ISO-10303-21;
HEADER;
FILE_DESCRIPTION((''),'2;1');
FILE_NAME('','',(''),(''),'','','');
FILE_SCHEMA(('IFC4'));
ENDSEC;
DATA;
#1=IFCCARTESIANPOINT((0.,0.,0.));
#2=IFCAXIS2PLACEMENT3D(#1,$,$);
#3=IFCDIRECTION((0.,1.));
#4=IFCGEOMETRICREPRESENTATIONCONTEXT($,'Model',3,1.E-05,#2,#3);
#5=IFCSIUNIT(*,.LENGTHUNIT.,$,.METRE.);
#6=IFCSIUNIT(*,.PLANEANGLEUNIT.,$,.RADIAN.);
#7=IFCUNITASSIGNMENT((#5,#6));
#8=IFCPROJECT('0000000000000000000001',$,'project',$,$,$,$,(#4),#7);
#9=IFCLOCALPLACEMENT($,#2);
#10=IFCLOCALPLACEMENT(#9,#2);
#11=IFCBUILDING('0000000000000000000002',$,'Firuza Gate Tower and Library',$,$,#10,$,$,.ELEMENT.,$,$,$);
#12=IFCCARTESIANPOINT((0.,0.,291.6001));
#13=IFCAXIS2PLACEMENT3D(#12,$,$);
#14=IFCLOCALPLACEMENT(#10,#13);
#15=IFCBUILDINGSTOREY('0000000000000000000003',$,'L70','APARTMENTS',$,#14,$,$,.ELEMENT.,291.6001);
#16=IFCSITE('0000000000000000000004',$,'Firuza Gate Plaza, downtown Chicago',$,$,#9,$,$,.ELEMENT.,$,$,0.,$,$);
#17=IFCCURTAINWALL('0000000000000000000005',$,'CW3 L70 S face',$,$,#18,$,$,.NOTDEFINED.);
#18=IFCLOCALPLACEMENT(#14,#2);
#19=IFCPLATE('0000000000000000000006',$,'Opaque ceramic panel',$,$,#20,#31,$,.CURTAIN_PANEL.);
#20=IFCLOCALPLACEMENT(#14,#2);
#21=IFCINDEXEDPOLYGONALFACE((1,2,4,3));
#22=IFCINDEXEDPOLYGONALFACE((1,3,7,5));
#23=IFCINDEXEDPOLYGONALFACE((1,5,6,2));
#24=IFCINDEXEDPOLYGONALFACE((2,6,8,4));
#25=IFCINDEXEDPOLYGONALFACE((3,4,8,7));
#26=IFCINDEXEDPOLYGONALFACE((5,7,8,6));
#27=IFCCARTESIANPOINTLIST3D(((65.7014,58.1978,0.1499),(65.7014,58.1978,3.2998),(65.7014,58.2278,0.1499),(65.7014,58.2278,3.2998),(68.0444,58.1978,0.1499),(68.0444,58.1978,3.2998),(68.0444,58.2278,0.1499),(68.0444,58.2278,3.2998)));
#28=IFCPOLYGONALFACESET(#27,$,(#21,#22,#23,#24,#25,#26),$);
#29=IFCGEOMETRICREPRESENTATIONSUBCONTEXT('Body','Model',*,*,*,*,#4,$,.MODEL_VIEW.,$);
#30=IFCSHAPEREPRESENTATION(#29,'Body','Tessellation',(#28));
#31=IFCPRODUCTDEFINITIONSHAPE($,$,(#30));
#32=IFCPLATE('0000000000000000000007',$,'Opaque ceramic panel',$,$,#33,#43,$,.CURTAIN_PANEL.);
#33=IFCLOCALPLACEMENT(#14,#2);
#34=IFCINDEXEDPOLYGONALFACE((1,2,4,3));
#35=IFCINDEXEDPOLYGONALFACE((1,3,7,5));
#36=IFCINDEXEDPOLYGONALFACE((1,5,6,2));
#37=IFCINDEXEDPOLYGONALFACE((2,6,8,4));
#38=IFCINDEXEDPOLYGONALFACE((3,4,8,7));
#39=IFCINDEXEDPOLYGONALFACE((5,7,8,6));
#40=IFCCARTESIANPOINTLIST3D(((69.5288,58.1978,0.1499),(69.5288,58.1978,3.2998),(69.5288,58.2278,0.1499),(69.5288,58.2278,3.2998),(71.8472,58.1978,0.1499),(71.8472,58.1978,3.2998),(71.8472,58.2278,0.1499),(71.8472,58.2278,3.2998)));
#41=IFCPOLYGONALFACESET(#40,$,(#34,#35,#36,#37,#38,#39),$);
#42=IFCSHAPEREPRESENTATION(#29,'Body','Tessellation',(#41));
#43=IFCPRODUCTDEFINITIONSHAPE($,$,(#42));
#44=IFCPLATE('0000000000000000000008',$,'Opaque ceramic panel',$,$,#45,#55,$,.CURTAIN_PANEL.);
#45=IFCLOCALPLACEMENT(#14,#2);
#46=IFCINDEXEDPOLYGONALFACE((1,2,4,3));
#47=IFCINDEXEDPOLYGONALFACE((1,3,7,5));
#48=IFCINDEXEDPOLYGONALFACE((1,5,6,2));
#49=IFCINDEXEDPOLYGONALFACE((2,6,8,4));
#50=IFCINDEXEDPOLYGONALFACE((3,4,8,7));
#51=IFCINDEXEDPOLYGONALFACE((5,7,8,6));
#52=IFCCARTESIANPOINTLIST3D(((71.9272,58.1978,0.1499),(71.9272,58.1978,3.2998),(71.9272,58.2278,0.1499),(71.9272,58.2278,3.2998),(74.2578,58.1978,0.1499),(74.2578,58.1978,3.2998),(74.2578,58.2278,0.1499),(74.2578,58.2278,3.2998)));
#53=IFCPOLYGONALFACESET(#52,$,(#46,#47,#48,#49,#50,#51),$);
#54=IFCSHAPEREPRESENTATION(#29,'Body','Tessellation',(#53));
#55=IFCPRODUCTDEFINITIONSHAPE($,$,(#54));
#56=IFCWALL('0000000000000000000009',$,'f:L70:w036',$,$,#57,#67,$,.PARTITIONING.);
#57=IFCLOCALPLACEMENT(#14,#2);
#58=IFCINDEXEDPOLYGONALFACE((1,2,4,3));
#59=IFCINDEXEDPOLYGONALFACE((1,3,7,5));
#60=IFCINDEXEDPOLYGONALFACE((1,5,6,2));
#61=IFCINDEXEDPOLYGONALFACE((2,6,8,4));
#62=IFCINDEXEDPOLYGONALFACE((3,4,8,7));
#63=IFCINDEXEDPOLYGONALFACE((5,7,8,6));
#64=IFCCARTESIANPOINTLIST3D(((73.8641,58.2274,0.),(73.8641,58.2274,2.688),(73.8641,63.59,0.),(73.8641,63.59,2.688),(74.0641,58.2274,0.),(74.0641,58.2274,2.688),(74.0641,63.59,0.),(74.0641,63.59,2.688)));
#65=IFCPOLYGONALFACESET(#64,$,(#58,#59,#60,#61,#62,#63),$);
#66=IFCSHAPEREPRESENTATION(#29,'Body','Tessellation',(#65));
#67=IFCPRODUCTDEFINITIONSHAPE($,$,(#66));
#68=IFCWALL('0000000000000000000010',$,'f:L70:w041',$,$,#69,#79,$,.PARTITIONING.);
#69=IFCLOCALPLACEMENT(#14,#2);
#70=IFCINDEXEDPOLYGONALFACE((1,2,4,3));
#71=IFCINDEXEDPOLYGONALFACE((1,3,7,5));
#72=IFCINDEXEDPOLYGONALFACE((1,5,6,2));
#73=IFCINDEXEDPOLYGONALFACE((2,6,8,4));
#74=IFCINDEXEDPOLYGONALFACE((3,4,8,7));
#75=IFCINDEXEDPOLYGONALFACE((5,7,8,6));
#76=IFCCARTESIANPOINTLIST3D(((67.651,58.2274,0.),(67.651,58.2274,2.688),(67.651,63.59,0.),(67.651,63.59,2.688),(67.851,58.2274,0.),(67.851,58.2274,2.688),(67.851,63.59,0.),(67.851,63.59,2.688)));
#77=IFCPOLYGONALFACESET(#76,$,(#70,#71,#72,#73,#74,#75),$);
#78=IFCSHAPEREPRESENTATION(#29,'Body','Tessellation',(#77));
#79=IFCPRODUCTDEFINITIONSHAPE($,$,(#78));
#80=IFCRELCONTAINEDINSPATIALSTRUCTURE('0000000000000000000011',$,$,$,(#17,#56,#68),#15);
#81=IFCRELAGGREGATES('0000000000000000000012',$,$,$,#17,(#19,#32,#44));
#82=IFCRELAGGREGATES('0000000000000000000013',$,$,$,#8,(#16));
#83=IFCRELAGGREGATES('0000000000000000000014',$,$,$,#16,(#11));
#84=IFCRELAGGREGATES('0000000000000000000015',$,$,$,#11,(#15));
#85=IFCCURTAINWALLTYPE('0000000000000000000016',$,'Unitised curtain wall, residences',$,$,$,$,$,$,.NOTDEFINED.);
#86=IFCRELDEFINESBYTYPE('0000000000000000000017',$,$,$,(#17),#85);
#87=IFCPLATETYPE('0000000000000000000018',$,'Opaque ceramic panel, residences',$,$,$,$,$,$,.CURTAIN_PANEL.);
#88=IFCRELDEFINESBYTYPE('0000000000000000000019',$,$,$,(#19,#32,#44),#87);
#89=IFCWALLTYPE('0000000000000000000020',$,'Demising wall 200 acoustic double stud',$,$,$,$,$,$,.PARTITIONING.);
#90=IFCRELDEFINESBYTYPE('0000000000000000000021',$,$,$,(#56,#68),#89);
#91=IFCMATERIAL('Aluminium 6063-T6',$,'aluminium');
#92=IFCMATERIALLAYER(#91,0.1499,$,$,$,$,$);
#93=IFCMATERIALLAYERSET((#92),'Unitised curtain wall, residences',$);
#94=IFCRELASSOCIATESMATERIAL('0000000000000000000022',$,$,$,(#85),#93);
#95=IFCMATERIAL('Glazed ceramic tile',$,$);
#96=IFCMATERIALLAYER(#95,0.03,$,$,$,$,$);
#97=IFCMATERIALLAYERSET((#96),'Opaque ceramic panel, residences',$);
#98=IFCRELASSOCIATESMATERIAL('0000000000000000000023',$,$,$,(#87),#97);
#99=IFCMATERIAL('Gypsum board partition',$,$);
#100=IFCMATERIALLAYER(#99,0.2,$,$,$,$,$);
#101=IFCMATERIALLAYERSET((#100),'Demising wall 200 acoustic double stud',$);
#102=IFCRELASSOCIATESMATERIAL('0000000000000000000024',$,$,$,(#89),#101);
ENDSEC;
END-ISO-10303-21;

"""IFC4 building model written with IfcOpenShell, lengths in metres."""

from ifc_helpers import new_model, si_unit, direction, frame, frame_2d, origin, place, context, subcontext, project, spatial, polyline, rectangle, outline, extrude, material, layer, layer_set, type_object, element, aggregate, save


model = new_model("IFC4")

# Units and contexts
model_context = context("Model", 3, precision=1e-05, world=origin(), true_north=direction((0.0, 1.0)))
body_context = subcontext(model_context, "Body", "Model", "MODEL_VIEW")
ifc_project = project(units=[si_unit("LENGTHUNIT", "METRE"), si_unit("PLANEANGLEUNIT", "RADIAN")], contexts=[model_context])

# Site, building, storey
site_placement = place(None, origin())
site = spatial("IfcSite", under=ifc_project, at=site_placement, Name="Firuza Gate Plaza, downtown Chicago", CompositionType="ELEMENT", RefElevation=0.0)
building_placement = place(site_placement, origin())
building = spatial("IfcBuilding", under=site, at=building_placement, Name="Firuza Gate Tower and Library", CompositionType="ELEMENT")
storey_placement = place(building_placement, frame((0.0, 0.0, 291.6001)))
storey = spatial("IfcBuildingStorey", under=building, at=storey_placement, Name="L70", Description="APARTMENTS", CompositionType="ELEMENT", Elevation=291.6001)

# Curtain wall, plates
ifc_material_1 = material(Name="Aluminium 6063-T6", Category="aluminium")
ifc_layer_1 = layer(ifc_material_1, 0.1499)
ifc_layer_set_1 = layer_set([ifc_layer_1], Name="Unitised curtain wall, residences")
curtain_wall_type = type_object("IfcCurtainWallType", Name="Unitised curtain wall, residences", PredefinedType="NOTDEFINED", material=ifc_layer_set_1)
curtain_wall_placement = place(storey_placement, origin())
curtain_wall = element("IfcCurtainWall", 1, at=curtain_wall_placement, inside=storey, type_object=curtain_wall_type, Name="CW3 L70 S face", PredefinedType="NOTDEFINED")
ifc_material_2 = material(Name="Glazed ceramic tile")
ifc_layer_2 = layer(ifc_material_2, 0.03)
ifc_layer_set_2 = layer_set([ifc_layer_2], Name="Opaque ceramic panel, residences")
plate_type_1 = type_object("IfcPlateType", Name="Opaque ceramic panel, residences", PredefinedType="CURTAIN_PANEL", material=ifc_layer_set_2)
plate_1_placement = place(storey_placement, frame((65.7014, 58.1978, 0.1499), z_axis=(0.0, -1.0, 0.0), x_axis=(1.0, 0.0, 0.0)))
plate_1 = element("IfcPlate", 2, at=plate_1_placement, type_object=plate_type_1, Name="Opaque ceramic panel", PredefinedType="CURTAIN_PANEL", context=body_context, shape_type="SweptSolid", body=[
    extrude(outline(polyline([(0.0, 0.0), (2.343, 0.0), (2.343, 3.1499), (0.0, 3.1499), (0.0, 0.0)])), origin(), (0.0, 0.0, -1.0), 0.03),
])
plate_2_placement = place(storey_placement, frame((69.5288, 58.1978, 0.1499), z_axis=(0.0, -1.0, 0.0), x_axis=(1.0, 0.0, 0.0)))
plate_2 = element("IfcPlate", 3, at=plate_2_placement, type_object=plate_type_1, Name="Opaque ceramic panel", PredefinedType="CURTAIN_PANEL", context=body_context, shape_type="SweptSolid", body=[
    extrude(outline(polyline([(0.0, 0.0), (2.3184, 0.0), (2.3184, 3.1499), (0.0, 3.1499), (0.0, 0.0)])), origin(), (0.0, 0.0, -1.0), 0.03),
])
plate_3_placement = place(storey_placement, frame((71.9272, 58.1978, 0.1499), z_axis=(0.0, -1.0, 0.0), x_axis=(1.0, 0.0, 0.0)))
plate_3 = element("IfcPlate", 4, at=plate_3_placement, type_object=plate_type_1, Name="Opaque ceramic panel", PredefinedType="CURTAIN_PANEL", context=body_context, shape_type="SweptSolid", body=[
    extrude(outline(polyline([(0.0, 0.0), (2.3306, 0.0), (2.3306, 3.1499), (0.0, 3.1499), (0.0, 0.0)])), origin(), (0.0, 0.0, -1.0), 0.03),
])
aggregate(curtain_wall, [plate_1, plate_2, plate_3])

# Walls
ifc_material_3 = material(Name="Gypsum board partition")
ifc_layer_3 = layer(ifc_material_3, 0.2)
ifc_layer_set_3 = layer_set([ifc_layer_3], Name="Demising wall 200 acoustic double stud")
wall_type = type_object("IfcWallType", Name="Demising wall 200 acoustic double stud", PredefinedType="PARTITIONING", material=ifc_layer_set_3)
for number, where, z_axis, x_axis, name in (
    (5, (73.9641, 58.2275, 0.0), (0.0, 0.0, 1.0), (0.0, 1.0, 0.0), "f:L70:w036"),
    (6, (67.751, 58.2275, 0.0), (0.0, 0.0, 1.0), (0.0, 1.0, 0.0), "f:L70:w041"),
):
    element("IfcWall", number, at=place(storey_placement, frame(where, z_axis=z_axis, x_axis=x_axis)), inside=storey, type_object=wall_type, Name=name, PredefinedType="PARTITIONING", context=body_context, shape_type="SweptSolid", body=[
        extrude(rectangle(XDim=5.3625, YDim=0.2, at=frame_2d((2.6812, 0.0))), origin(), (0.0, 0.0, 1.0), 2.688),
    ])

save(model, "model.ifc")
